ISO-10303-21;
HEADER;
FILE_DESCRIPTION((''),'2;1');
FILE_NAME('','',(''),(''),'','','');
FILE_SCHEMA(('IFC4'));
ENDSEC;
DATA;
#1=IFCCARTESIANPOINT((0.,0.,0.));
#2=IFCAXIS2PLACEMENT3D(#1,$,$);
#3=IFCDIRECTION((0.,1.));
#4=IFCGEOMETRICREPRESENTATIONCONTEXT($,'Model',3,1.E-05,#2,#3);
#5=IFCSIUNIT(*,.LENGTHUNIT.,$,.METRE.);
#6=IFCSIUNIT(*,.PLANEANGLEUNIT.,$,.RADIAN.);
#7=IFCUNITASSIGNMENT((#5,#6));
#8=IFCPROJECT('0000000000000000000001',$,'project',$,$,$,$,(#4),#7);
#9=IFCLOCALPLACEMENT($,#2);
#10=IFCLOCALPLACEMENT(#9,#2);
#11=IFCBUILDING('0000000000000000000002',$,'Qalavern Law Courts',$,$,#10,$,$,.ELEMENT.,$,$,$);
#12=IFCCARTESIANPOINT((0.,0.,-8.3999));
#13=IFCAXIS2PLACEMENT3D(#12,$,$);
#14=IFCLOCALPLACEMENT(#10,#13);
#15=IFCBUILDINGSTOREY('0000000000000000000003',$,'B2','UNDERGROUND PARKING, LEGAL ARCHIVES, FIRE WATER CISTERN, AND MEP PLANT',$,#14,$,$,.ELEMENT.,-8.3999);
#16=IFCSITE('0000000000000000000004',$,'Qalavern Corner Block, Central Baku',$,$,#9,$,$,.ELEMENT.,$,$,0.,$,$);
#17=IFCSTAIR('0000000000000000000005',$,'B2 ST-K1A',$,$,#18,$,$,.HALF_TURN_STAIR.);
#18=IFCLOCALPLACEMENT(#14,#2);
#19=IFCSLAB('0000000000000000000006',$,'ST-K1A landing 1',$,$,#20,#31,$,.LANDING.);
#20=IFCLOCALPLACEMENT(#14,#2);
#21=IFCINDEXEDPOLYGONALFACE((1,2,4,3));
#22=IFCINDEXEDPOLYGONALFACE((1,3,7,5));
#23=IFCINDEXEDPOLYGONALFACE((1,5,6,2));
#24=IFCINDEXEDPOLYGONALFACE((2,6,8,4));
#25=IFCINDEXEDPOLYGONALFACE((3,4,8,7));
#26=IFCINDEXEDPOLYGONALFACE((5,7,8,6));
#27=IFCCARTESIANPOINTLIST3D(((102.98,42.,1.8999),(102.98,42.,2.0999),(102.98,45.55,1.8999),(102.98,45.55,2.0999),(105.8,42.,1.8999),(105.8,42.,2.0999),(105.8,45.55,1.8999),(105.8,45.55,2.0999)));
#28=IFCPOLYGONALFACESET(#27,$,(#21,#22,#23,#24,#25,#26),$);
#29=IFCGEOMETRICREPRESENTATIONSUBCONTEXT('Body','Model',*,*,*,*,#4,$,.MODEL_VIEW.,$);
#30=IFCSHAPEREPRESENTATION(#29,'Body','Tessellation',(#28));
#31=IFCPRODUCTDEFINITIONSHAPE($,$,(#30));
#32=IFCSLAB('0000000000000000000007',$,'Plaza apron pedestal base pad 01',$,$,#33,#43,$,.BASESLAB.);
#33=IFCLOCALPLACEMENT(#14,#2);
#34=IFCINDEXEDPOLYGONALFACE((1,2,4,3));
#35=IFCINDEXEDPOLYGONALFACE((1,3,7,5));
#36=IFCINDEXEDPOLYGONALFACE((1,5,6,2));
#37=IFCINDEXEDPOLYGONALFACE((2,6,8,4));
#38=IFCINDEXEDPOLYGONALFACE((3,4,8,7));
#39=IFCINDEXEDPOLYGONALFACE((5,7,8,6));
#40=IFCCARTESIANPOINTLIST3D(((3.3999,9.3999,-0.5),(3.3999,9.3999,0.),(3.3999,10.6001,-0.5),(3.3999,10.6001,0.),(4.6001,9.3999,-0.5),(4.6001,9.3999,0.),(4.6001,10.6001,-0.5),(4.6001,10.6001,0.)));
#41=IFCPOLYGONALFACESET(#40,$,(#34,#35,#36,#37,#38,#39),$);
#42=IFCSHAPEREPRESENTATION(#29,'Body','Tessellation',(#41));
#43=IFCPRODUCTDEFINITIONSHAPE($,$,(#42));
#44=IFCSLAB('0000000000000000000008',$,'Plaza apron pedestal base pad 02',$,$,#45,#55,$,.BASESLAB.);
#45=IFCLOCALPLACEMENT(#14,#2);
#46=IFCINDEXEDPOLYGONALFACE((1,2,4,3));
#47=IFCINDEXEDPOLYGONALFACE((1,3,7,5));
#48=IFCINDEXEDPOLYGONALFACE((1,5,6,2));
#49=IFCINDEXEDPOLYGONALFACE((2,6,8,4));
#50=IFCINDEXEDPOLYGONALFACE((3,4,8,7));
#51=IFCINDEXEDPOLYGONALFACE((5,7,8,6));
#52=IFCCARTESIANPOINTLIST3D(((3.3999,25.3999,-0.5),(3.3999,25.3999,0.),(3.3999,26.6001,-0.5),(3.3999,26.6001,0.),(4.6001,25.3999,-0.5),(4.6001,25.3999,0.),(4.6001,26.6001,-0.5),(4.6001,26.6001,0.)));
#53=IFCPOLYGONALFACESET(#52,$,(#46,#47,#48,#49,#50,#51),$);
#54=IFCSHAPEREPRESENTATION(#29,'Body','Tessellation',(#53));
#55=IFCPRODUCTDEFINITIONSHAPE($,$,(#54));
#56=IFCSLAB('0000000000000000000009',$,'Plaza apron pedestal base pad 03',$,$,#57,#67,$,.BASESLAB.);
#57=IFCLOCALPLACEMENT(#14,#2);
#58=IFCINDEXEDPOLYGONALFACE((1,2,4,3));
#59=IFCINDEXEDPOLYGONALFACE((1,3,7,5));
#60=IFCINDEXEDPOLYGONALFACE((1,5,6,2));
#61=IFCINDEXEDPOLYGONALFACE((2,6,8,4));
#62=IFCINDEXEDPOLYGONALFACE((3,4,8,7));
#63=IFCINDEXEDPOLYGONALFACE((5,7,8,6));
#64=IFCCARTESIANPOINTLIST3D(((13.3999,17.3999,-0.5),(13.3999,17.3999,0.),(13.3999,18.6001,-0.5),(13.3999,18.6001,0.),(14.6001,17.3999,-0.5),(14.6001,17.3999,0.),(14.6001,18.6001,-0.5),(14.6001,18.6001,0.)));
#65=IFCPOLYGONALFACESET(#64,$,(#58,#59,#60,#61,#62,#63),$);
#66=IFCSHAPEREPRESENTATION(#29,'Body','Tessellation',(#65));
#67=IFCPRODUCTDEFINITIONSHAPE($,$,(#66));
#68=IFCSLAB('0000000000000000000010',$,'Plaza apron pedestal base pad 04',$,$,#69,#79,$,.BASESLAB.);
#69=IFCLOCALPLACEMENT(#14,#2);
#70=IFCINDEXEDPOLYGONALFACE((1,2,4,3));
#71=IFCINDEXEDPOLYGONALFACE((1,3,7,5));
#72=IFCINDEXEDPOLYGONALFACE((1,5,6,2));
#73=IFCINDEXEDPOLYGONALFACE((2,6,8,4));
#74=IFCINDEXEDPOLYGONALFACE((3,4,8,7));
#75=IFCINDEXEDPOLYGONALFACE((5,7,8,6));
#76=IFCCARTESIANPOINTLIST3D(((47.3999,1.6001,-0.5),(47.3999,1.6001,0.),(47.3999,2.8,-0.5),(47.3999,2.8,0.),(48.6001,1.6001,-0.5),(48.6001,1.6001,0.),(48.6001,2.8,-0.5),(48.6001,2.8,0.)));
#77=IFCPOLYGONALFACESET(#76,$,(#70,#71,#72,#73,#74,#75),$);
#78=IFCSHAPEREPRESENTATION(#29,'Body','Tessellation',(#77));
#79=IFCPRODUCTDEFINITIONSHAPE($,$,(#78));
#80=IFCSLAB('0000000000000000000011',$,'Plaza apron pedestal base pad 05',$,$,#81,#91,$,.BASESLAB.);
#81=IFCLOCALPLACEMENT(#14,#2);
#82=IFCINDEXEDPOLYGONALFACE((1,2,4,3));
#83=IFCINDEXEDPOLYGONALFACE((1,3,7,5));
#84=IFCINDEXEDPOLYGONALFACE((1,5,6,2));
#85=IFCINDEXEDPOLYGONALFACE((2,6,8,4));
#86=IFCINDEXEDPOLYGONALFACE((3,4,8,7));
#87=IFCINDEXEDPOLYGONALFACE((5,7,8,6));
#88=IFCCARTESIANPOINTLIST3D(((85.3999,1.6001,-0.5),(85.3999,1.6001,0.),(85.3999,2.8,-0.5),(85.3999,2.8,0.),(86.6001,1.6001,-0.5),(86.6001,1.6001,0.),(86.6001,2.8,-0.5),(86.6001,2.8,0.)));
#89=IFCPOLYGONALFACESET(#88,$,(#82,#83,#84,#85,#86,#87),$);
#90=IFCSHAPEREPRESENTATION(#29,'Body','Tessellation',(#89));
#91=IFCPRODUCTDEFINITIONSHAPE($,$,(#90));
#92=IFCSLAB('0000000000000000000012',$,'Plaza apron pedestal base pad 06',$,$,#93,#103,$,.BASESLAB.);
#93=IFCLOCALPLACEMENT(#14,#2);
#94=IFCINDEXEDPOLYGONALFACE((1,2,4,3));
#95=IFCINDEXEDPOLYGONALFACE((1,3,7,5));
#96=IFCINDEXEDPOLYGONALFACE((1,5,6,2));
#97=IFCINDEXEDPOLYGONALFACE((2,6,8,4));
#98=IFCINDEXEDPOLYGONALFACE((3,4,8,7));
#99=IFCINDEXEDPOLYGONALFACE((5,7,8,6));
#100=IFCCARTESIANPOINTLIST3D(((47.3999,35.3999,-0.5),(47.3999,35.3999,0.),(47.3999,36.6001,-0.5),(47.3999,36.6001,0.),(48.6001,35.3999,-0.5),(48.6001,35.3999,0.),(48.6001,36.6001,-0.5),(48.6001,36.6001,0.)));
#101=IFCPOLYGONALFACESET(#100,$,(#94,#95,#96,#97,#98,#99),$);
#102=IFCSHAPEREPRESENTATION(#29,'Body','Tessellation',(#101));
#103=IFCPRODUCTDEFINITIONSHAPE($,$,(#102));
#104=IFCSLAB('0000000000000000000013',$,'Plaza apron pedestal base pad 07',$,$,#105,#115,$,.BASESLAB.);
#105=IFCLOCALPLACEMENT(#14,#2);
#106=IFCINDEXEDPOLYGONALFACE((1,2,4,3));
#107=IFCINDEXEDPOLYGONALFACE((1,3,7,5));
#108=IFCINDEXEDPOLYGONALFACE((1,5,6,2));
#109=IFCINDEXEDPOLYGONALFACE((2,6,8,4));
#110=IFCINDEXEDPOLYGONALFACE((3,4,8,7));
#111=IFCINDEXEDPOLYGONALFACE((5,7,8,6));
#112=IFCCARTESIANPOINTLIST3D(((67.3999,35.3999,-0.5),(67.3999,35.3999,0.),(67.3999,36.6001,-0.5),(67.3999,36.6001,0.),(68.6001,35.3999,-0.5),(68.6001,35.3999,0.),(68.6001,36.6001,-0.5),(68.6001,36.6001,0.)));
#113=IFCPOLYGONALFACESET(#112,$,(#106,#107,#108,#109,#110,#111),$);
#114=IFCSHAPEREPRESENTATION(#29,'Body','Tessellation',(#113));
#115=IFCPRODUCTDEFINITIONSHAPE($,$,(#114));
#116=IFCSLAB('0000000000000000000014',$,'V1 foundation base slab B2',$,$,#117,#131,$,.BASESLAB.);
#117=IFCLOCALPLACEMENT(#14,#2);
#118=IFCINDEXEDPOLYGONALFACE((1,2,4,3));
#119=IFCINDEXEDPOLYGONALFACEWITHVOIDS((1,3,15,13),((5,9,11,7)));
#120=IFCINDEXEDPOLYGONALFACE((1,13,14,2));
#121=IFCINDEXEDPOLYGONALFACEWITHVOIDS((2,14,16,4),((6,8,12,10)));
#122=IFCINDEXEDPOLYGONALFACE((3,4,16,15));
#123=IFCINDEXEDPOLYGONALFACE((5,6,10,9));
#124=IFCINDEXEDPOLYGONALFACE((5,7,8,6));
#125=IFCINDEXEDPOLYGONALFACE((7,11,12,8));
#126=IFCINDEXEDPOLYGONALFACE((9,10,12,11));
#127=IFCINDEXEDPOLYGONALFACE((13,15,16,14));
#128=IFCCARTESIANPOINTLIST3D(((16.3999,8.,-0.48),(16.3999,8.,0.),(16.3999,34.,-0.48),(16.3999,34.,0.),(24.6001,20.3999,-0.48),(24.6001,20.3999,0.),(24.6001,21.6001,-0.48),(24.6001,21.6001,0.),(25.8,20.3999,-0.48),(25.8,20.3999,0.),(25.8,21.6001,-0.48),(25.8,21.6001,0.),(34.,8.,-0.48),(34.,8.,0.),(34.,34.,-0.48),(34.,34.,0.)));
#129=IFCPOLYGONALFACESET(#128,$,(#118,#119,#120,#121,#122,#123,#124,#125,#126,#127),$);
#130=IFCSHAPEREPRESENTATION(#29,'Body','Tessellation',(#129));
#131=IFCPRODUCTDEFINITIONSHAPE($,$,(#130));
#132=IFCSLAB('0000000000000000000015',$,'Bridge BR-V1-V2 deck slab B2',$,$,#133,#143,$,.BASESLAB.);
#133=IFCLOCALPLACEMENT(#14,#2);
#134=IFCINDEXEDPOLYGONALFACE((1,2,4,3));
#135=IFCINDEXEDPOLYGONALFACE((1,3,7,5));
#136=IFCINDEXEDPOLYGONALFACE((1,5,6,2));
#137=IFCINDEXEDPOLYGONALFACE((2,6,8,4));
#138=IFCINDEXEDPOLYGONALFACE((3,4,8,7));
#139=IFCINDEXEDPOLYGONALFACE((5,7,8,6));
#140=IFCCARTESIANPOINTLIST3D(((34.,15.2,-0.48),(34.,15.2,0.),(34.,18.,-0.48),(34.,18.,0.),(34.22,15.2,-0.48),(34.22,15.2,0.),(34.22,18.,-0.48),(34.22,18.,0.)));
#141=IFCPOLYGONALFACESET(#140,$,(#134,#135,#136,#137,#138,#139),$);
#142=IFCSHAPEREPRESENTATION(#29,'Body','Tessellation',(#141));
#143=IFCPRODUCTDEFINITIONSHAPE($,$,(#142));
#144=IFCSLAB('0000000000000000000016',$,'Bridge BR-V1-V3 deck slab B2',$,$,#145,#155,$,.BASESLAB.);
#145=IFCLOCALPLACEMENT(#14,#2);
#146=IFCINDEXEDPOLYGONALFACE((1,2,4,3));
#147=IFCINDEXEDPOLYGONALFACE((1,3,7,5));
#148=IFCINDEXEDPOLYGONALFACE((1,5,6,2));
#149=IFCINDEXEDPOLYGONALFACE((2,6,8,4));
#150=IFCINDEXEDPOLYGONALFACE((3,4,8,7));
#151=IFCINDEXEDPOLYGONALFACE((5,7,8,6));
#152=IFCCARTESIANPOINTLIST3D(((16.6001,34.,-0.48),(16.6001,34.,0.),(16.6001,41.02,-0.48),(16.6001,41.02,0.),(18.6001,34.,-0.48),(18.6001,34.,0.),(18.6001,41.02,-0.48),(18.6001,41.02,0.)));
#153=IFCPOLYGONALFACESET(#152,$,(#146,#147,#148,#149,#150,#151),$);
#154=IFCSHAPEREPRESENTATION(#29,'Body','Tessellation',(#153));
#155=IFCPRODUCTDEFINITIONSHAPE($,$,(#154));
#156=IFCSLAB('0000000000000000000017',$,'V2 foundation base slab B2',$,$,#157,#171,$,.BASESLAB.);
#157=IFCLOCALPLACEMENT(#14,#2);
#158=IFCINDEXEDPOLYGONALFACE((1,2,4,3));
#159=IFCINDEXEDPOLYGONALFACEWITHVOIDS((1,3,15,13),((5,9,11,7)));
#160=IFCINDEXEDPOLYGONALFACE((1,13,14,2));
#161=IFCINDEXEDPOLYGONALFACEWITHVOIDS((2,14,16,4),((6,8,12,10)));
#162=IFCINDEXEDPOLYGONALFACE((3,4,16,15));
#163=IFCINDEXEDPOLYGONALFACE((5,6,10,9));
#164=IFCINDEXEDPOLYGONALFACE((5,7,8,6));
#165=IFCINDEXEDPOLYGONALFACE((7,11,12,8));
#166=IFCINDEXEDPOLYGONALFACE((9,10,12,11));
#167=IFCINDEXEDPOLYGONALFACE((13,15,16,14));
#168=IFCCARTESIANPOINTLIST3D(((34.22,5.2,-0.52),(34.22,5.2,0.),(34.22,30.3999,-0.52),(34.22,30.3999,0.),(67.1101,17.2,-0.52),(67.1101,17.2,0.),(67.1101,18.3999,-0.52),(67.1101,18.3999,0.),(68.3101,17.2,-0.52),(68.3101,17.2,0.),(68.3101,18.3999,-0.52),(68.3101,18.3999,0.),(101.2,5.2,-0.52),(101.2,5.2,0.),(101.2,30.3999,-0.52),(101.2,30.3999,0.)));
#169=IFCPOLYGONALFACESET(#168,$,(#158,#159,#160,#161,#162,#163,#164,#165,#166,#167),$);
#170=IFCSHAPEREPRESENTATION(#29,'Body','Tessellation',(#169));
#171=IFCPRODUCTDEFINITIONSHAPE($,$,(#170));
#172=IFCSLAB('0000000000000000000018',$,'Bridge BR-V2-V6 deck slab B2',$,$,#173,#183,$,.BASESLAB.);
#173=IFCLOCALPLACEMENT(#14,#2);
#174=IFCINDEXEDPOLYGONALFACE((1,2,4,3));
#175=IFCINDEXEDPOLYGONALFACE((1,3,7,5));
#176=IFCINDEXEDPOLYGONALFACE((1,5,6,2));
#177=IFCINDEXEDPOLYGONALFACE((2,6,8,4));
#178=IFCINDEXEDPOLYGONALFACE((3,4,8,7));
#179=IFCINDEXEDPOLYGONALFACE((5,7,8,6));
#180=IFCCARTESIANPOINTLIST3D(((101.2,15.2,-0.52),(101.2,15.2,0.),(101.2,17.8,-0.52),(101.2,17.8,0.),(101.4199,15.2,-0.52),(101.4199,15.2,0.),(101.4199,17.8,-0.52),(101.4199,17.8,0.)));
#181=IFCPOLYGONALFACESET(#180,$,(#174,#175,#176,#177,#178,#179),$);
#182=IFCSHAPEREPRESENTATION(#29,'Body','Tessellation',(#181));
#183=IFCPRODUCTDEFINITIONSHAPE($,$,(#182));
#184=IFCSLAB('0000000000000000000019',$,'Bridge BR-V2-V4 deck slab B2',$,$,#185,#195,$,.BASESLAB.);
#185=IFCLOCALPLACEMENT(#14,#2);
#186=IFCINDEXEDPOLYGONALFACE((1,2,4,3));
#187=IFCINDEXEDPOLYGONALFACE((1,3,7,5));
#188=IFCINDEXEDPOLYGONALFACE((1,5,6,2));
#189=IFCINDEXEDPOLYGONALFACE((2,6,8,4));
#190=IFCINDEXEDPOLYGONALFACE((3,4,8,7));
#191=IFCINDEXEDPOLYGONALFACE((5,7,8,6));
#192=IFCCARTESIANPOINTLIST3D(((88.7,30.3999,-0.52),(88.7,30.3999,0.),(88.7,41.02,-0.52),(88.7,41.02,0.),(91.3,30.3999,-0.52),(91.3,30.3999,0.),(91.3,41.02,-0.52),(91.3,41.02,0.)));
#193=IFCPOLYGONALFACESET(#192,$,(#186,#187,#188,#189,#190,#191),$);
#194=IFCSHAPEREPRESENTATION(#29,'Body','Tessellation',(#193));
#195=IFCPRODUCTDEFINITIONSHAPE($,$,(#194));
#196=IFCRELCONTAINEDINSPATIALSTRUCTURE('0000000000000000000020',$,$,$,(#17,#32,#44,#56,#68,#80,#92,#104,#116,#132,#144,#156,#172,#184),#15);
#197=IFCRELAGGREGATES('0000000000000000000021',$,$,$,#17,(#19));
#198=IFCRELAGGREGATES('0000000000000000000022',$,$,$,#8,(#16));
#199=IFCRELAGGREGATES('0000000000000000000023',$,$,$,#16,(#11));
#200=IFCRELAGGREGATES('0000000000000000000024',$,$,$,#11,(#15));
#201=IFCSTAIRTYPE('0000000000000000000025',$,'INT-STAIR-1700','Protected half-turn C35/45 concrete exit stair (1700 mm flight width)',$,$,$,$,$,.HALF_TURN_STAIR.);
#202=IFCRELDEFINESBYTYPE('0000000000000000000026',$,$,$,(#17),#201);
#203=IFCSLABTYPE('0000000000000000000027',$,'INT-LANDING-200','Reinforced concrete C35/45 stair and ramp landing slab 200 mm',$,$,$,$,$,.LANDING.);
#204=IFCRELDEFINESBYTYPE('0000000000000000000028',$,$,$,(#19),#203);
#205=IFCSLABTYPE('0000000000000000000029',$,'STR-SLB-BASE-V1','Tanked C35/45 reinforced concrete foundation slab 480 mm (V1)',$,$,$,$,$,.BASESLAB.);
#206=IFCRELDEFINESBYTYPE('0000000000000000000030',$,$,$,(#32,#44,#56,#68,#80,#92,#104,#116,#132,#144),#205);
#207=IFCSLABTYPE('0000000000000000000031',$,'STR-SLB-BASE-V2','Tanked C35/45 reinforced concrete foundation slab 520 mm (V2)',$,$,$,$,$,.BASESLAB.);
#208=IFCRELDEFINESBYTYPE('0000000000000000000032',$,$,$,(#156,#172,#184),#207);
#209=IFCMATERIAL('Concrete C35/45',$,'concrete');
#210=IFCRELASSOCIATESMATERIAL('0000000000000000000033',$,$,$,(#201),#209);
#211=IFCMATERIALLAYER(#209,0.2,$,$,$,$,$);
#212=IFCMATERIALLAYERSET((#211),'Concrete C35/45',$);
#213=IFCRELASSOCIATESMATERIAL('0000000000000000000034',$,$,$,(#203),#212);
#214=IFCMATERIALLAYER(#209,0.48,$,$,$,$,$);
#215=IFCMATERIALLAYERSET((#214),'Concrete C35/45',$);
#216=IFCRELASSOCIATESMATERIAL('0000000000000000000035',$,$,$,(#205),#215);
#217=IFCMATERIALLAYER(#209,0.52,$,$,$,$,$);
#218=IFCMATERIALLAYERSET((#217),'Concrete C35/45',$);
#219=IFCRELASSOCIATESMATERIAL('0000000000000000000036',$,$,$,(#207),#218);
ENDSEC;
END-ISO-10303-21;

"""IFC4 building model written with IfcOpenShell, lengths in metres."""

from ifc_helpers import new_model, si_unit, direction, frame, origin, place, context, subcontext, project, spatial, polyline, outline, extrude, material, layer, layer_set, type_object, element, aggregate, save


model = new_model("IFC4")

# Units and contexts
model_context = context("Model", 3, precision=1e-05, world=origin(), true_north=direction((0.0, 1.0)))
body_context = subcontext(model_context, "Body", "Model", "MODEL_VIEW")
ifc_project = project(units=[si_unit("LENGTHUNIT", "METRE"), si_unit("PLANEANGLEUNIT", "RADIAN")], contexts=[model_context])

# Site, building, storey
site_placement = place(None, origin())
site = spatial("IfcSite", under=ifc_project, at=site_placement, Name="Qalavern Corner Block, Central Baku", CompositionType="ELEMENT", RefElevation=0.0)
building_placement = place(site_placement, origin())
building = spatial("IfcBuilding", under=site, at=building_placement, Name="Qalavern Law Courts", CompositionType="ELEMENT")
storey_placement = place(building_placement, frame((0.0, 0.0, -8.3999)))
storey = spatial("IfcBuildingStorey", under=building, at=storey_placement, Name="B2", Description="UNDERGROUND PARKING, LEGAL ARCHIVES, FIRE WATER CISTERN, AND MEP PLANT", CompositionType="ELEMENT", Elevation=-8.3999)

# Stair, slab
ifc_material = material(Name="Concrete C35/45", Category="concrete")
stair_type = type_object("IfcStairType", Name="INT-STAIR-1700", Description="Protected half-turn C35/45 concrete exit stair (1700 mm flight width)", PredefinedType="HALF_TURN_STAIR", material=ifc_material)
stair_placement = place(storey_placement, origin())
stair = element("IfcStair", 1, at=stair_placement, inside=storey, type_object=stair_type, Name="B2 ST-K1A", PredefinedType="HALF_TURN_STAIR")
ifc_layer_1 = layer(ifc_material, 0.2)
ifc_layer_set_1 = layer_set([ifc_layer_1], Name="Concrete C35/45")
slab_type_1 = type_object("IfcSlabType", Name="INT-LANDING-200", Description="Reinforced concrete C35/45 stair and ramp landing slab 200 mm", PredefinedType="LANDING", material=ifc_layer_set_1)
slab_1_placement = place(storey_placement, frame((0.0, 0.0, 1.8999)))
slab_1 = element("IfcSlab", 2, at=slab_1_placement, type_object=slab_type_1, Name="ST-K1A landing 1", PredefinedType="LANDING", context=body_context, shape_type="SweptSolid", body=[
    extrude(outline(polyline([(102.98, 42.0), (105.8, 42.0), (105.8, 45.55), (102.98, 45.55), (102.98, 42.0)])), origin(), (0.0, 0.0, 1.0), 0.2),
])
aggregate(stair, [slab_1])

# Slabs
ifc_layer_2 = layer(ifc_material, 0.48)
ifc_layer_set_2 = layer_set([ifc_layer_2], Name="Concrete C35/45")
slab_type_2 = type_object("IfcSlabType", Name="STR-SLB-BASE-V1", Description="Tanked C35/45 reinforced concrete foundation slab 480 mm (V1)", PredefinedType="BASESLAB", material=ifc_layer_set_2)
slab_2_placement = place(storey_placement, frame((0.0, 0.0, -0.5)))
element("IfcSlab", 3, at=slab_2_placement, inside=storey, type_object=slab_type_2, Name="Plaza apron pedestal base pad 01", PredefinedType="BASESLAB", context=body_context, shape_type="SweptSolid", body=[
    extrude(outline(polyline([(3.3999, 9.3999), (4.6001, 9.3999), (4.6001, 10.6001), (3.3999, 10.6001), (3.3999, 9.3999)])), origin(), (0.0, 0.0, 1.0), 0.5),
])
slab_3_placement = place(storey_placement, frame((0.0, 0.0, -0.5)))
element("IfcSlab", 4, at=slab_3_placement, inside=storey, type_object=slab_type_2, Name="Plaza apron pedestal base pad 02", PredefinedType="BASESLAB", context=body_context, shape_type="SweptSolid", body=[
    extrude(outline(polyline([(3.3999, 25.3999), (4.6001, 25.3999), (4.6001, 26.6001), (3.3999, 26.6001), (3.3999, 25.3999)])), origin(), (0.0, 0.0, 1.0), 0.5),
])
slab_4_placement = place(storey_placement, frame((0.0, 0.0, -0.5)))
element("IfcSlab", 5, at=slab_4_placement, inside=storey, type_object=slab_type_2, Name="Plaza apron pedestal base pad 03", PredefinedType="BASESLAB", context=body_context, shape_type="SweptSolid", body=[
    extrude(outline(polyline([(13.3999, 17.3999), (14.6001, 17.3999), (14.6001, 18.6001), (13.3999, 18.6001), (13.3999, 17.3999)])), origin(), (0.0, 0.0, 1.0), 0.5),
])
slab_5_placement = place(storey_placement, frame((0.0, 0.0, -0.5)))
element("IfcSlab", 6, at=slab_5_placement, inside=storey, type_object=slab_type_2, Name="Plaza apron pedestal base pad 04", PredefinedType="BASESLAB", context=body_context, shape_type="SweptSolid", body=[
    extrude(outline(polyline([(47.3999, 1.6001), (48.6001, 1.6001), (48.6001, 2.8), (47.3999, 2.8), (47.3999, 1.6001)])), origin(), (0.0, 0.0, 1.0), 0.5),
])
slab_6_placement = place(storey_placement, frame((0.0, 0.0, -0.5)))
element("IfcSlab", 7, at=slab_6_placement, inside=storey, type_object=slab_type_2, Name="Plaza apron pedestal base pad 05", PredefinedType="BASESLAB", context=body_context, shape_type="SweptSolid", body=[
    extrude(outline(polyline([(85.3999, 1.6001), (86.6001, 1.6001), (86.6001, 2.8), (85.3999, 2.8), (85.3999, 1.6001)])), origin(), (0.0, 0.0, 1.0), 0.5),
])
slab_7_placement = place(storey_placement, frame((0.0, 0.0, -0.5)))
element("IfcSlab", 8, at=slab_7_placement, inside=storey, type_object=slab_type_2, Name="Plaza apron pedestal base pad 06", PredefinedType="BASESLAB", context=body_context, shape_type="SweptSolid", body=[
    extrude(outline(polyline([(47.3999, 35.3999), (48.6001, 35.3999), (48.6001, 36.6001), (47.3999, 36.6001), (47.3999, 35.3999)])), origin(), (0.0, 0.0, 1.0), 0.5),
])
slab_8_placement = place(storey_placement, frame((0.0, 0.0, -0.5)))
element("IfcSlab", 9, at=slab_8_placement, inside=storey, type_object=slab_type_2, Name="Plaza apron pedestal base pad 07", PredefinedType="BASESLAB", context=body_context, shape_type="SweptSolid", body=[
    extrude(outline(polyline([(67.3999, 35.3999), (68.6001, 35.3999), (68.6001, 36.6001), (67.3999, 36.6001), (67.3999, 35.3999)])), origin(), (0.0, 0.0, 1.0), 0.5),
])
slab_9_placement = place(storey_placement, frame((0.0, 0.0, -0.48)))
element("IfcSlab", 10, at=slab_9_placement, inside=storey, type_object=slab_type_2, Name="V1 foundation base slab B2", PredefinedType="BASESLAB", context=body_context, shape_type="SweptSolid", body=[
    extrude(outline(polyline([(16.3999, 8.0), (34.0, 8.0), (34.0, 34.0), (16.3999, 34.0), (16.3999, 8.0)]), holes=[polyline([(24.6001, 20.3999), (25.8, 20.3999), (25.8, 21.6001), (24.6001, 21.6001), (24.6001, 20.3999)])]), origin(), (0.0, 0.0, 1.0), 0.48),
])
slab_10_placement = place(storey_placement, frame((0.0, 0.0, -0.48)))
element("IfcSlab", 11, at=slab_10_placement, inside=storey, type_object=slab_type_2, Name="Bridge BR-V1-V2 deck slab B2", PredefinedType="BASESLAB", context=body_context, shape_type="SweptSolid", body=[
    extrude(outline(polyline([(34.0, 15.2), (34.22, 15.2), (34.22, 18.0), (34.0, 18.0), (34.0, 15.2)])), origin(), (0.0, 0.0, 1.0), 0.48),
])
slab_11_placement = place(storey_placement, frame((0.0, 0.0, -0.48)))
element("IfcSlab", 12, at=slab_11_placement, inside=storey, type_object=slab_type_2, Name="Bridge BR-V1-V3 deck slab B2", PredefinedType="BASESLAB", context=body_context, shape_type="SweptSolid", body=[
    extrude(outline(polyline([(16.6001, 34.0), (18.6001, 34.0), (18.6001, 41.02), (16.6001, 41.02), (16.6001, 34.0)])), origin(), (0.0, 0.0, 1.0), 0.48),
])
ifc_layer_3 = layer(ifc_material, 0.52)
ifc_layer_set_3 = layer_set([ifc_layer_3], Name="Concrete C35/45")
slab_type_3 = type_object("IfcSlabType", Name="STR-SLB-BASE-V2", Description="Tanked C35/45 reinforced concrete foundation slab 520 mm (V2)", PredefinedType="BASESLAB", material=ifc_layer_set_3)
slab_12_placement = place(storey_placement, frame((0.0, 0.0, -0.52)))
element("IfcSlab", 13, at=slab_12_placement, inside=storey, type_object=slab_type_3, Name="V2 foundation base slab B2", PredefinedType="BASESLAB", context=body_context, shape_type="SweptSolid", body=[
    extrude(outline(polyline([(34.22, 5.2), (101.2, 5.2), (101.2, 30.3999), (34.22, 30.3999), (34.22, 5.2)]), holes=[polyline([(67.1101, 17.2), (68.3101, 17.2), (68.3101, 18.3999), (67.1101, 18.3999), (67.1101, 17.2)])]), origin(), (0.0, 0.0, 1.0), 0.52),
])
slab_13_placement = place(storey_placement, frame((0.0, 0.0, -0.52)))
element("IfcSlab", 14, at=slab_13_placement, inside=storey, type_object=slab_type_3, Name="Bridge BR-V2-V6 deck slab B2", PredefinedType="BASESLAB", context=body_context, shape_type="SweptSolid", body=[
    extrude(outline(polyline([(101.2, 15.2), (101.4199, 15.2), (101.4199, 17.8), (101.2, 17.8), (101.2, 15.2)])), origin(), (0.0, 0.0, 1.0), 0.52),
])
slab_14_placement = place(storey_placement, frame((0.0, 0.0, -0.52)))
element("IfcSlab", 15, at=slab_14_placement, inside=storey, type_object=slab_type_3, Name="Bridge BR-V2-V4 deck slab B2", PredefinedType="BASESLAB", context=body_context, shape_type="SweptSolid", body=[
    extrude(outline(polyline([(88.7, 30.3999), (91.3, 30.3999), (91.3, 41.02), (88.7, 41.02), (88.7, 30.3999)])), origin(), (0.0, 0.0, 1.0), 0.52),
])

save(model, "model.ifc")
